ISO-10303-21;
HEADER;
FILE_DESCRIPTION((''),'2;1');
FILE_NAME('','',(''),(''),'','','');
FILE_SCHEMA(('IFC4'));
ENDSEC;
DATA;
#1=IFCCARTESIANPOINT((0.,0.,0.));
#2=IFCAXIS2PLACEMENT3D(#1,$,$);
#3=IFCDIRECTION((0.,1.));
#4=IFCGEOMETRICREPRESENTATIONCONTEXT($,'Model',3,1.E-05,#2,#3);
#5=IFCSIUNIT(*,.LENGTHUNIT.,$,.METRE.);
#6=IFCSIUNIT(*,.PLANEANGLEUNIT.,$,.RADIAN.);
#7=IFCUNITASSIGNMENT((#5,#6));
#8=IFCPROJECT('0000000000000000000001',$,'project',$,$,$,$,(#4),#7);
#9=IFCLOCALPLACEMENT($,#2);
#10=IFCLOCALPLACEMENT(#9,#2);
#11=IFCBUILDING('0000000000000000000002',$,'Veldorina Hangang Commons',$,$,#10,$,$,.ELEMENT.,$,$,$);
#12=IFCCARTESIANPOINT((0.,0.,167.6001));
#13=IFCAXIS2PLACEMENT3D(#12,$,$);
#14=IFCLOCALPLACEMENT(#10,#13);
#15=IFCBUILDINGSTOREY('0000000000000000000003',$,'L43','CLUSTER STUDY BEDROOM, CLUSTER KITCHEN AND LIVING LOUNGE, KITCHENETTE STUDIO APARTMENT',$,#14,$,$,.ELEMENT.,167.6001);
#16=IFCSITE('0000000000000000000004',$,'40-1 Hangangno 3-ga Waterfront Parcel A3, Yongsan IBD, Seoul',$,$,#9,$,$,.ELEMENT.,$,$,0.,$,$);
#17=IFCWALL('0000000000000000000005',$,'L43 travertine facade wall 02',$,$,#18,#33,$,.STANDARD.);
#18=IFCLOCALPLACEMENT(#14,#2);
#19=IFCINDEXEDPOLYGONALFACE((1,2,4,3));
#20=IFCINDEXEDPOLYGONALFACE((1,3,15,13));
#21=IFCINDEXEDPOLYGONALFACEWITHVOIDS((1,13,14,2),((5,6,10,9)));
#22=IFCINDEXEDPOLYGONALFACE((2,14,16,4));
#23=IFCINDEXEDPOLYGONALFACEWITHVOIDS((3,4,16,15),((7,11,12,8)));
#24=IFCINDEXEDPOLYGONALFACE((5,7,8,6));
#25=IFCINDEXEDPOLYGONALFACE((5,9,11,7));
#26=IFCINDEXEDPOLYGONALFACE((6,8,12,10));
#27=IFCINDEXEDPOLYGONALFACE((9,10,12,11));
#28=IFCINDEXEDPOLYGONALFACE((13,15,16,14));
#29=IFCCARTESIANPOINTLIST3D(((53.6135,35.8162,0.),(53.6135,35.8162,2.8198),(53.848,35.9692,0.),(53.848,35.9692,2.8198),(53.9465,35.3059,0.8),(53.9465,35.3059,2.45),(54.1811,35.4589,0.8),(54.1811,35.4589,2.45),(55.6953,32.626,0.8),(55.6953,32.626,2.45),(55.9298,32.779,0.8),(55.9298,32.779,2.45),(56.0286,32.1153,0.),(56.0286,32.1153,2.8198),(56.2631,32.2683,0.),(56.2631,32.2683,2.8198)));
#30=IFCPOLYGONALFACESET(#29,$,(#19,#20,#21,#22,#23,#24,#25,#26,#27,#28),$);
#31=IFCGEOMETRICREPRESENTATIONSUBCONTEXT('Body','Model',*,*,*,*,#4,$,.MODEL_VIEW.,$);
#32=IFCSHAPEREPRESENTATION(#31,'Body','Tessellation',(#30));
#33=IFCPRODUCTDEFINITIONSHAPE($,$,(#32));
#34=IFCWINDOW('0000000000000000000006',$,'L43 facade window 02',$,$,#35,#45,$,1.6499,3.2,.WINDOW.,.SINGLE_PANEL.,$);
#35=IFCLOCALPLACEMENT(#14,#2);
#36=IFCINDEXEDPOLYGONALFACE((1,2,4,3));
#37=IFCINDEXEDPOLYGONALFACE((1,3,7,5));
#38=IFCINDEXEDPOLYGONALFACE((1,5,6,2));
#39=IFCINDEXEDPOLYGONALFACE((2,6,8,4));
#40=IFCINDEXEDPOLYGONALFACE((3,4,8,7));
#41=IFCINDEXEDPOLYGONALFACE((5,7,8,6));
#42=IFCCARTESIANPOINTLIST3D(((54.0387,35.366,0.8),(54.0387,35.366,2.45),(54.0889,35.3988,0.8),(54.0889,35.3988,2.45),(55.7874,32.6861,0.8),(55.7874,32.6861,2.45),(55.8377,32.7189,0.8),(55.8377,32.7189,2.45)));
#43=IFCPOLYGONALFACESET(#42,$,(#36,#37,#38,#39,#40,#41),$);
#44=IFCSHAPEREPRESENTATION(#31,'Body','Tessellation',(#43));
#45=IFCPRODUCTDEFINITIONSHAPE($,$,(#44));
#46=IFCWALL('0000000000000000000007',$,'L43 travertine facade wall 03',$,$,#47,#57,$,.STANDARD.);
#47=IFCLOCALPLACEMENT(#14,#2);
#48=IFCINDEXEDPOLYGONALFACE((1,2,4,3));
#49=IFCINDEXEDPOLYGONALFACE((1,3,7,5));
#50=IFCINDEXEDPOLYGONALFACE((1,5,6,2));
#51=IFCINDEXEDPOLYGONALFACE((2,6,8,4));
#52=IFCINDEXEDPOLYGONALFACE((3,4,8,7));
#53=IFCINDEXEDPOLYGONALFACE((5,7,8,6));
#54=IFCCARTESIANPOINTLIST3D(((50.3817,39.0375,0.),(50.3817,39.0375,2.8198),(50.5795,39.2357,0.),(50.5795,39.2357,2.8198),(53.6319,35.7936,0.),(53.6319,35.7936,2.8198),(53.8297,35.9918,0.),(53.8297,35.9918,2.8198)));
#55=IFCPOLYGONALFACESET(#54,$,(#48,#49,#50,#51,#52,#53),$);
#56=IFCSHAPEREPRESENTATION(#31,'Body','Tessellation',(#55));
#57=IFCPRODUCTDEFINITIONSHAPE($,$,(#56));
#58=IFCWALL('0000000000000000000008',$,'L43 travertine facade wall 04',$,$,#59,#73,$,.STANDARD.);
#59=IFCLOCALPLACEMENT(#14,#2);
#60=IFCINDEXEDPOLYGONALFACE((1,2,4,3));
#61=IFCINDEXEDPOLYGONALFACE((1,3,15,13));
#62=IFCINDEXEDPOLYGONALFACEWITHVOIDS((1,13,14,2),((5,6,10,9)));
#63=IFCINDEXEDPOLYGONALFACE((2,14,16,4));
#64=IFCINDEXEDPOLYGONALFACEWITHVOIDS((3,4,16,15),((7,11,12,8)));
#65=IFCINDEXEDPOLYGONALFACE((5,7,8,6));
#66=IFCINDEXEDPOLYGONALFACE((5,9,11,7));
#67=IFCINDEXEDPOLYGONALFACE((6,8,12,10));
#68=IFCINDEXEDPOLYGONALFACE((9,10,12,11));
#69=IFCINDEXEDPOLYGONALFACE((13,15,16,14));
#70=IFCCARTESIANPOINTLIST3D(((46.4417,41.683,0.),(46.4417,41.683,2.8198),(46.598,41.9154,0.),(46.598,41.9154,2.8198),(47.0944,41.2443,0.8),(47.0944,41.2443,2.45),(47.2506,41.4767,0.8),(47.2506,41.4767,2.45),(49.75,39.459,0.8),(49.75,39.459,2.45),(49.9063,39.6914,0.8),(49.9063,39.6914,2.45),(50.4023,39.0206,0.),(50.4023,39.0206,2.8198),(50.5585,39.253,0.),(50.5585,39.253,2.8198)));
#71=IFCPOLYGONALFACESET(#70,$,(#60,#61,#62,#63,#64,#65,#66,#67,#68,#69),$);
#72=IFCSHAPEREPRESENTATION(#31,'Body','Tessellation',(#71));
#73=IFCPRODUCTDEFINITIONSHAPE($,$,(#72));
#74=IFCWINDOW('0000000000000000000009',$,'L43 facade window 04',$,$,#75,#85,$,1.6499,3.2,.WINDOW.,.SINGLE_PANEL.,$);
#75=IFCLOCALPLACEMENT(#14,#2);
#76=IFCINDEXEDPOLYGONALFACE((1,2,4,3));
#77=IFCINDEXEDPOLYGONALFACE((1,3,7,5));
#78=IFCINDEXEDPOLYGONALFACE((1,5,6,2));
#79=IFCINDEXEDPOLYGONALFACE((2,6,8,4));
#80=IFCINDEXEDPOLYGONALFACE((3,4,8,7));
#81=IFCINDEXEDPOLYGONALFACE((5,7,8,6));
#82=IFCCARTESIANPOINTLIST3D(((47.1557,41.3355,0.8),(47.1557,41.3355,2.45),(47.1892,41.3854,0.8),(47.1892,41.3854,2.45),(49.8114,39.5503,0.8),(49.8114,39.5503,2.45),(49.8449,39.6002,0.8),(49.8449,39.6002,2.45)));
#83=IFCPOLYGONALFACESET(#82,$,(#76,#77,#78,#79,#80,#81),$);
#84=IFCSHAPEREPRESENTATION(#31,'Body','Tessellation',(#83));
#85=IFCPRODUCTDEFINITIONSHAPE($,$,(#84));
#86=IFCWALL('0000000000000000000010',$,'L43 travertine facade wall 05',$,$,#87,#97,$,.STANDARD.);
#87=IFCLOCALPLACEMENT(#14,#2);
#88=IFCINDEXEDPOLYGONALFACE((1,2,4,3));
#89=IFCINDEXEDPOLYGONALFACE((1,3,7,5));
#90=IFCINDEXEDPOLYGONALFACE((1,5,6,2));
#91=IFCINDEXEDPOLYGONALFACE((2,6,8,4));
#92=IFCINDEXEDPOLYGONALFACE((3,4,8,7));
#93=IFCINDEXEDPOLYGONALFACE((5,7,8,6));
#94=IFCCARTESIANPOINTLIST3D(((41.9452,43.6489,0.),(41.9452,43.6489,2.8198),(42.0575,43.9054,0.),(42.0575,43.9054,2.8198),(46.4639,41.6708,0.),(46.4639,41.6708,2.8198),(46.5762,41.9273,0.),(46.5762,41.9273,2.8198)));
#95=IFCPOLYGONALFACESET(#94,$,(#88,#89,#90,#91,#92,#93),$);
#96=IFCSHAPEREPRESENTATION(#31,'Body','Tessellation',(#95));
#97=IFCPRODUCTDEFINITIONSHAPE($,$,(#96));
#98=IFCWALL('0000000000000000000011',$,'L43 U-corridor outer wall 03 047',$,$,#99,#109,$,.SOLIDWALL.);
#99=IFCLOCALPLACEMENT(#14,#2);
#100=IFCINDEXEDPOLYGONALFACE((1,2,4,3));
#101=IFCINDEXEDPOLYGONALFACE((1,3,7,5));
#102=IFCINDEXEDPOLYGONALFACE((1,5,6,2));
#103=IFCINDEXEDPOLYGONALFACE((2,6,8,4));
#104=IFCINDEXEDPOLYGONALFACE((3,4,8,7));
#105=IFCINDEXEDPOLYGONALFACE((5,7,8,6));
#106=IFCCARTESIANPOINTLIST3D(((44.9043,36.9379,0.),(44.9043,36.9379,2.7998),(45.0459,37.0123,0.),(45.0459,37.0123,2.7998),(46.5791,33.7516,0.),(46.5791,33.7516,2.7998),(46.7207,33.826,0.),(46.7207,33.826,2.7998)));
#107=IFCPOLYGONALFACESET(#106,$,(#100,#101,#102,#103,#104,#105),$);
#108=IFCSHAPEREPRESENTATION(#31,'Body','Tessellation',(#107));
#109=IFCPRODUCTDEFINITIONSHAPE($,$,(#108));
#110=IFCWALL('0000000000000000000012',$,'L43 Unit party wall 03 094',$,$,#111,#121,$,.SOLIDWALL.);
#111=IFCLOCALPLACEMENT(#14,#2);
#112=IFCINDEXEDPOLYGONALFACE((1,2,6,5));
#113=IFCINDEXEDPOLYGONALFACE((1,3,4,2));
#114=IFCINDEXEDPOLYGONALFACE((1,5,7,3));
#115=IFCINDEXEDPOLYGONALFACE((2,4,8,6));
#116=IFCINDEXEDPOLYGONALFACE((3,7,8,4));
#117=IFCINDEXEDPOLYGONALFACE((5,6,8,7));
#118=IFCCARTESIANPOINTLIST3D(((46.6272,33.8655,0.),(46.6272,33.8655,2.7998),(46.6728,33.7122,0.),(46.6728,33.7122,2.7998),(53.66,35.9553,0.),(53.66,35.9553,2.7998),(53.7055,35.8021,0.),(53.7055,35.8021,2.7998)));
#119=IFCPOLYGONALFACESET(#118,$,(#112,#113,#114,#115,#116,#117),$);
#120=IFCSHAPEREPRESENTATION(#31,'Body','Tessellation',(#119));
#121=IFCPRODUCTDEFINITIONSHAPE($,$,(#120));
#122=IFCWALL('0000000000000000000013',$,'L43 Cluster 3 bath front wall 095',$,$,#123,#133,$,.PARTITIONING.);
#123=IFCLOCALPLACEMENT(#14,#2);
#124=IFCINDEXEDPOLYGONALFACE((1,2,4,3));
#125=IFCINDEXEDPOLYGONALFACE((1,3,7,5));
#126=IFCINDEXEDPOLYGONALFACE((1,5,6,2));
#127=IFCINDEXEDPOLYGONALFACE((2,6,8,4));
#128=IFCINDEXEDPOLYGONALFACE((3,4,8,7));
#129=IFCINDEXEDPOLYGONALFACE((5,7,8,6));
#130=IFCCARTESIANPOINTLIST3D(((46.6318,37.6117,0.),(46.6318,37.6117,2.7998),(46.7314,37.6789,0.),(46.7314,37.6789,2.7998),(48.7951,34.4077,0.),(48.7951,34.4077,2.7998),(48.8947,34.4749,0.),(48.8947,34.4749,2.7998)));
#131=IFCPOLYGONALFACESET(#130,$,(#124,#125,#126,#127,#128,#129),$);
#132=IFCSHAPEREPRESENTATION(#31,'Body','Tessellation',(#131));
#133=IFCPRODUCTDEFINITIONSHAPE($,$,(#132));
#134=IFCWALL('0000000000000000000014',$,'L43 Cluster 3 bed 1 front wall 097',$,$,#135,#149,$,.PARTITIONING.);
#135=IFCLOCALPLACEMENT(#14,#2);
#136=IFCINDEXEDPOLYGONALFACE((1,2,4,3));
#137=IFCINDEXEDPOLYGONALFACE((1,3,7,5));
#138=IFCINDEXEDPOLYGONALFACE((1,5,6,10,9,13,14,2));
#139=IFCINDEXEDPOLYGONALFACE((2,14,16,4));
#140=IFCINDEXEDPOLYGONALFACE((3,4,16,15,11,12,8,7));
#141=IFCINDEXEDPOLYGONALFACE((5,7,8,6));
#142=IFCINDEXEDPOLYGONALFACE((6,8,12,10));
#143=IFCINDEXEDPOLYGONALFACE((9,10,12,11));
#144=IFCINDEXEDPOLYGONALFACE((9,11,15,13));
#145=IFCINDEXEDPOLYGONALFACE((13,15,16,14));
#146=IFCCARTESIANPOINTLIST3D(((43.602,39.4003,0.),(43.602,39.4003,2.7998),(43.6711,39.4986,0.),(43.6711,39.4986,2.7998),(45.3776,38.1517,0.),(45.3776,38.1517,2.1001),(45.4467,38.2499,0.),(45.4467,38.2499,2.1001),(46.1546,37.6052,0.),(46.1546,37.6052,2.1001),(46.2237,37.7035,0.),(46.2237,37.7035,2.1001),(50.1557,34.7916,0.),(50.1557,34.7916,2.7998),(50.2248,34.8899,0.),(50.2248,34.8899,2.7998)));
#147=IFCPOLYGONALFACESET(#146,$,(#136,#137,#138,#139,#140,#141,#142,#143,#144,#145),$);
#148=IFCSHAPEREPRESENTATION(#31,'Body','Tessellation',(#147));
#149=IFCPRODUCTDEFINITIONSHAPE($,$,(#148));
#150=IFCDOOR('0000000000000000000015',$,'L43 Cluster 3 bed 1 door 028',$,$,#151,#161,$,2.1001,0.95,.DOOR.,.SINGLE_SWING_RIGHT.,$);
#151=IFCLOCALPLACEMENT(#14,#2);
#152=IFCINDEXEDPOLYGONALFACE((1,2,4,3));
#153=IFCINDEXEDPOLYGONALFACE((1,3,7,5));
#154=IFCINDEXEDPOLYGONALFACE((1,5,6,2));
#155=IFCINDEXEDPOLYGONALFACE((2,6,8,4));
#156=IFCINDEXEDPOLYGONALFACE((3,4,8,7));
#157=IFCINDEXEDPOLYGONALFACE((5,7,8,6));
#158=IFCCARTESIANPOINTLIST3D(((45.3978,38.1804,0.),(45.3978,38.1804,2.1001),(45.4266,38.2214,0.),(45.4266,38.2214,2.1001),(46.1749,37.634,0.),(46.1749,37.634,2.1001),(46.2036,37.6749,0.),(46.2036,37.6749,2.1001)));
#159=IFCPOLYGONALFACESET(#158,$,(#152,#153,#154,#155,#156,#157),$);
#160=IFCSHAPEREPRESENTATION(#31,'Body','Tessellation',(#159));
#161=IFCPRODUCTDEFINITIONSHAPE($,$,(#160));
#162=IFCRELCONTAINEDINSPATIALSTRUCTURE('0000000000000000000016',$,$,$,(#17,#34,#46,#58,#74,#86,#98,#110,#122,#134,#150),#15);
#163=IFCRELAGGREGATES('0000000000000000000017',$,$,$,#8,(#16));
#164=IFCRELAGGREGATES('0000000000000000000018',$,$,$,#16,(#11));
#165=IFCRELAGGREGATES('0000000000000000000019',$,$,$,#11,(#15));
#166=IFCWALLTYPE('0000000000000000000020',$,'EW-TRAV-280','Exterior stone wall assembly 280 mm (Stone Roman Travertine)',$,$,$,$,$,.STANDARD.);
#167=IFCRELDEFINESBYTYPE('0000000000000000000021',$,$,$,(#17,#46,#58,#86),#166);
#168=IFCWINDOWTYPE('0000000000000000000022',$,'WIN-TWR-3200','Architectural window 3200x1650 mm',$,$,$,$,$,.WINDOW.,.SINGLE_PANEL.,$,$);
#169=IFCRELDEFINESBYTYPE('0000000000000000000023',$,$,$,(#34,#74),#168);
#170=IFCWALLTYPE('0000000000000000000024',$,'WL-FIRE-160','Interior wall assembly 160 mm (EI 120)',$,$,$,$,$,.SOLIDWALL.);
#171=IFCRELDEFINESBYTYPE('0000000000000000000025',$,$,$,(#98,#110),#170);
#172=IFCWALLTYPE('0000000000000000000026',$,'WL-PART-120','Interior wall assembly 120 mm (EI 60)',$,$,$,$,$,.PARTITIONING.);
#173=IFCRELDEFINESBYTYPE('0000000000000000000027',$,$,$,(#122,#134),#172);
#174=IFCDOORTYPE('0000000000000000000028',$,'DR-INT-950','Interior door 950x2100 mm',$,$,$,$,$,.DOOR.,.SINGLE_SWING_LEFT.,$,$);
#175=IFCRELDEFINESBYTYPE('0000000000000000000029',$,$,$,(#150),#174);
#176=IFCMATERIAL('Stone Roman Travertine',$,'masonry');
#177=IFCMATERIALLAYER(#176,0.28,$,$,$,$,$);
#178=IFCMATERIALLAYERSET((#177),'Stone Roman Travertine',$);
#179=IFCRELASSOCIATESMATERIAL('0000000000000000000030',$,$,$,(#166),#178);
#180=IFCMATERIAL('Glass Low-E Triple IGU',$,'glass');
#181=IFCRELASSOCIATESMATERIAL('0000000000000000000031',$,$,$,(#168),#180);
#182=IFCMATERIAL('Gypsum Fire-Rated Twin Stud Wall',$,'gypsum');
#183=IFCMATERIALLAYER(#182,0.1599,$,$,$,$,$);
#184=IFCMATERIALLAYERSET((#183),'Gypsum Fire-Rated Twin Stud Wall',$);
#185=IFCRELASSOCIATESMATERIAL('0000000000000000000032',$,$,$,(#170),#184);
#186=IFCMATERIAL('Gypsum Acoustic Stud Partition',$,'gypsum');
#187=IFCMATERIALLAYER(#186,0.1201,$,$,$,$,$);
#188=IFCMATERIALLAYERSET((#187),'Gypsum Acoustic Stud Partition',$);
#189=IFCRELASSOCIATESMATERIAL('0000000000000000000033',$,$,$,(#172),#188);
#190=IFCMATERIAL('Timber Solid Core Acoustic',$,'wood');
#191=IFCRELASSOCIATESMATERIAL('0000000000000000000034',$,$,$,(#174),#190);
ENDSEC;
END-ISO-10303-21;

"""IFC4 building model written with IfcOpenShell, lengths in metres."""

from ifc_helpers import new_model, si_unit, direction, frame, frame_2d, origin, place, context, subcontext, project, spatial, rectangle, extrude, material, layer, layer_set, type_object, element, fill, save


model = new_model("IFC4")

# Units and contexts
model_context = context("Model", 3, precision=1e-05, world=origin(), true_north=direction((0.0, 1.0)))
body_context = subcontext(model_context, "Body", "Model", "MODEL_VIEW")
ifc_project = project(units=[si_unit("LENGTHUNIT", "METRE"), si_unit("PLANEANGLEUNIT", "RADIAN")], contexts=[model_context])

# Site, building, storey
site_placement = place(None, origin())
site = spatial("IfcSite", under=ifc_project, at=site_placement, Name="40-1 Hangangno 3-ga Waterfront Parcel A3, Yongsan IBD, Seoul", CompositionType="ELEMENT", RefElevation=0.0)
building_placement = place(site_placement, origin())
building = spatial("IfcBuilding", under=site, at=building_placement, Name="Veldorina Hangang Commons", CompositionType="ELEMENT")
storey_placement = place(building_placement, frame((0.0, 0.0, 167.6001)))
storey = spatial("IfcBuildingStorey", under=building, at=storey_placement, Name="L43", Description="CLUSTER STUDY BEDROOM, CLUSTER KITCHEN AND LIVING LOUNGE, KITCHENETTE STUDIO APARTMENT", CompositionType="ELEMENT", Elevation=167.6001)

# Wall, opening, window
ifc_material_1 = material(Name="Stone Roman Travertine", Category="masonry")
ifc_layer_1 = layer(ifc_material_1, 0.28)
ifc_layer_set_1 = layer_set([ifc_layer_1], Name="Stone Roman Travertine")
wall_type_1 = type_object("IfcWallType", Name="EW-TRAV-280", Description="Exterior stone wall assembly 280 mm (Stone Roman Travertine)", PredefinedType="STANDARD", material=ifc_layer_set_1)
wall_1_placement = place(storey_placement, frame((56.1458, 32.1919, 0.0), z_axis=(0.0, 0.0, 1.0), x_axis=(-0.546489, 0.837467, 0.0)))
wall_1 = element("IfcWall", 1, at=wall_1_placement, inside=storey, type_object=wall_type_1, Name="L43 travertine facade wall 02", PredefinedType="STANDARD", context=body_context, shape_type="SweptSolid", body=[
    extrude(rectangle(XDim=4.4192, YDim=0.28, at=frame_2d((2.2095, 0.0))), origin(), (0.0, 0.0, 1.0), 2.8198),
])
opening_1_placement = place(wall_1_placement, frame((0.6096, 0.0, 0.8)))
opening_1 = element("IfcOpeningElement", 2, at=opening_1_placement, cuts=wall_1, PredefinedType="OPENING", context=body_context, shape_type="SweptSolid", body=[
    extrude(rectangle(XDim=3.2, YDim=1.6499, at=frame_2d((1.6001, 0.825))), frame((0.0, 0.1499, 0.0), z_axis=(0.0, -1.0, 0.0), x_axis=(1.0, 0.0, 0.0)), (0.0, 0.0, 1.0), 0.3),
])
ifc_material_2 = material(Name="Glass Low-E Triple IGU", Category="glass")
window_type = type_object("IfcWindowType", Name="WIN-TWR-3200", Description="Architectural window 3200x1650 mm", PartitioningType="SINGLE_PANEL", PredefinedType="WINDOW", material=ifc_material_2)
window_1_placement = place(opening_1_placement, origin())
window_1 = element("IfcWindow", 3, at=window_1_placement, inside=storey, type_object=window_type, Name="L43 facade window 02", OverallHeight=1.6499, OverallWidth=3.2, PartitioningType="SINGLE_PANEL", PredefinedType="WINDOW", context=body_context, shape_type="SweptSolid", body=[
    extrude(rectangle(XDim=3.2, YDim=1.6499, at=frame_2d((1.6001, 0.825))), frame((0.0, 0.03, 0.0), z_axis=(0.0, -1.0, 0.0), x_axis=(1.0, 0.0, 0.0)), (0.0, 0.0, 1.0), 0.0601),
])
fill(opening_1, window_1)

# Wall
wall_2_placement = place(storey_placement, frame((53.7307, 35.8928, 0.0), z_axis=(0.0, 0.0, 1.0), x_axis=(-0.707798, 0.706415, 0.0)))
element("IfcWall", 4, at=wall_2_placement, inside=storey, type_object=wall_type_1, Name="L43 travertine facade wall 03", PredefinedType="STANDARD", context=body_context, shape_type="SweptSolid", body=[
    extrude(rectangle(XDim=4.592, YDim=0.28, at=frame_2d((2.2959, 0.0))), origin(), (0.0, 0.0, 1.0), 2.8198),
])

# Wall, opening, window
wall_3_placement = place(storey_placement, frame((50.4805, 39.1367, 0.0), z_axis=(0.0, 0.0, 1.0), x_axis=(-0.829911, 0.557896, 0.0)))
wall_3 = element("IfcWall", 5, at=wall_3_placement, inside=storey, type_object=wall_type_1, Name="L43 travertine facade wall 04", PredefinedType="STANDARD", context=body_context, shape_type="SweptSolid", body=[
    extrude(rectangle(XDim=4.7722, YDim=0.28, at=frame_2d((2.3862, 0.0))), origin(), (0.0, 0.0, 1.0), 2.8198),
])
opening_2_placement = place(wall_3_placement, frame((0.7859, 0.0, 0.8)))
opening_2 = element("IfcOpeningElement", 6, at=opening_2_placement, cuts=wall_3, PredefinedType="OPENING", context=body_context, shape_type="SweptSolid", body=[
    extrude(rectangle(XDim=3.2, YDim=1.6499, at=frame_2d((1.6001, 0.825))), frame((0.0, 0.1499, 0.0), z_axis=(0.0, -1.0, 0.0), x_axis=(1.0, 0.0, 0.0)), (0.0, 0.0, 1.0), 0.3),
])
window_2_placement = place(opening_2_placement, origin())
window_2 = element("IfcWindow", 7, at=window_2_placement, inside=storey, type_object=window_type, Name="L43 facade window 04", OverallHeight=1.6499, OverallWidth=3.2, PartitioningType="SINGLE_PANEL", PredefinedType="WINDOW", context=body_context, shape_type="SweptSolid", body=[
    extrude(rectangle(XDim=3.2, YDim=1.6499, at=frame_2d((1.6001, 0.825))), frame((0.0, 0.03, 0.0), z_axis=(0.0, -1.0, 0.0), x_axis=(1.0, 0.0, 0.0)), (0.0, 0.0, 1.0), 0.0601),
])
fill(opening_2, window_2)

# Walls
wall_4_placement = place(storey_placement, frame((46.52, 41.7991, 0.0), z_axis=(0.0, 0.0, 1.0), x_axis=(-0.916071, 0.401016, 0.0)))
element("IfcWall", 8, at=wall_4_placement, inside=storey, type_object=wall_type_1, Name="L43 travertine facade wall 05", PredefinedType="STANDARD", context=body_context, shape_type="SweptSolid", body=[
    extrude(rectangle(XDim=4.9326, YDim=0.28, at=frame_2d((2.4663, 0.0))), origin(), (0.0, 0.0, 1.0), 2.8198),
])
ifc_material_3 = material(Name="Gypsum Fire-Rated Twin Stud Wall", Category="gypsum")
ifc_layer_2 = layer(ifc_material_3, 0.1599)
ifc_layer_set_2 = layer_set([ifc_layer_2], Name="Gypsum Fire-Rated Twin Stud Wall")
wall_type_2 = type_object("IfcWallType", Name="WL-FIRE-160", Description="Interior wall assembly 160 mm (EI 120)", PredefinedType="SOLIDWALL", material=ifc_layer_set_2)
wall_5_placement = place(storey_placement, frame((46.6499, 33.7888, 0.0), z_axis=(0.0, 0.0, 1.0), x_axis=(-0.465271, 0.885168, 0.0)))
element("IfcWall", 9, at=wall_5_placement, inside=storey, type_object=wall_type_2, Name="L43 U-corridor outer wall 03 047", PredefinedType="SOLIDWALL", context=body_context, shape_type="SweptSolid", body=[
    extrude(rectangle(XDim=3.5996, YDim=0.1599, at=frame_2d((1.7998, 0.0))), origin(), (0.0, 0.0, 1.0), 2.7998),
])
wall_6_placement = place(storey_placement, frame((46.6499, 33.7888, 0.0), z_axis=(0.0, 0.0, 1.0), x_axis=(0.958572, 0.28485, 0.0)))
element("IfcWall", 10, at=wall_6_placement, inside=storey, type_object=wall_type_2, Name="L43 Unit party wall 03 094", PredefinedType="SOLIDWALL", context=body_context, shape_type="SweptSolid", body=[
    extrude(rectangle(XDim=7.3367, YDim=0.1599, at=frame_2d((3.6685, 0.0))), origin(), (0.0, 0.0, 1.0), 2.7998),
])
ifc_material_4 = material(Name="Gypsum Acoustic Stud Partition", Category="gypsum")
ifc_layer_3 = layer(ifc_material_4, 0.1201)
ifc_layer_set_3 = layer_set([ifc_layer_3], Name="Gypsum Acoustic Stud Partition")
wall_type_3 = type_object("IfcWallType", Name="WL-PART-120", Description="Interior wall assembly 120 mm (EI 60)", PredefinedType="PARTITIONING", material=ifc_layer_set_3)
wall_7_placement = place(storey_placement, frame((48.845, 34.4412, 0.0), z_axis=(0.0, 0.0, 1.0), x_axis=(-0.559573, 0.828781, 0.0)))
element("IfcWall", 11, at=wall_7_placement, inside=storey, type_object=wall_type_3, Name="L43 Cluster 3 bath front wall 095", PredefinedType="PARTITIONING", context=body_context, shape_type="SweptSolid", body=[
    extrude(rectangle(XDim=3.866, YDim=0.1201, at=frame_2d((1.9331, 0.0))), origin(), (0.0, 0.0, 1.0), 2.7998),
])

# Wall, opening, door
wall_8_placement = place(storey_placement, frame((50.1902, 34.8408, 0.0), z_axis=(0.0, 0.0, 1.0), x_axis=(-0.817996, 0.575224, 0.0)))
wall_8 = element("IfcWall", 12, at=wall_8_placement, inside=storey, type_object=wall_type_3, Name="L43 Cluster 3 bed 1 front wall 097", PredefinedType="PARTITIONING", context=body_context, shape_type="SweptSolid", body=[
    extrude(rectangle(XDim=8.012, YDim=0.1201, at=frame_2d((4.0059, 0.0))), origin(), (0.0, 0.0, 1.0), 2.7998),
])
opening_3_placement = place(wall_8_placement, frame((4.8911, 0.0, 0.0)))
opening_3 = element("IfcOpeningElement", 13, at=opening_3_placement, cuts=wall_8, PredefinedType="OPENING", context=body_context, shape_type="SweptSolid", body=[
    extrude(rectangle(XDim=0.95, YDim=2.1001, at=frame_2d((0.4751, 1.05))), frame((0.0, 0.0701, 0.0), z_axis=(0.0, -1.0, 0.0), x_axis=(1.0, 0.0, 0.0)), (0.0, 0.0, 1.0), 0.1401),
])
ifc_material_5 = material(Name="Timber Solid Core Acoustic", Category="wood")
door_type = type_object("IfcDoorType", Name="DR-INT-950", Description="Interior door 950x2100 mm", OperationType="SINGLE_SWING_LEFT", PredefinedType="DOOR", material=ifc_material_5)
door_placement = place(opening_3_placement, origin())
door = element("IfcDoor", 14, at=door_placement, inside=storey, type_object=door_type, Name="L43 Cluster 3 bed 1 door 028", OperationType="SINGLE_SWING_RIGHT", OverallHeight=2.1001, OverallWidth=0.95, PredefinedType="DOOR", context=body_context, shape_type="SweptSolid", body=[
    extrude(rectangle(XDim=0.95, YDim=2.1001, at=frame_2d((0.4751, 1.05))), frame((0.0, 0.0249, 0.0), z_axis=(0.0, -1.0, 0.0), x_axis=(1.0, 0.0, 0.0)), (0.0, 0.0, 1.0), 0.05),
])
fill(opening_3, door)

save(model, "model.ifc")
